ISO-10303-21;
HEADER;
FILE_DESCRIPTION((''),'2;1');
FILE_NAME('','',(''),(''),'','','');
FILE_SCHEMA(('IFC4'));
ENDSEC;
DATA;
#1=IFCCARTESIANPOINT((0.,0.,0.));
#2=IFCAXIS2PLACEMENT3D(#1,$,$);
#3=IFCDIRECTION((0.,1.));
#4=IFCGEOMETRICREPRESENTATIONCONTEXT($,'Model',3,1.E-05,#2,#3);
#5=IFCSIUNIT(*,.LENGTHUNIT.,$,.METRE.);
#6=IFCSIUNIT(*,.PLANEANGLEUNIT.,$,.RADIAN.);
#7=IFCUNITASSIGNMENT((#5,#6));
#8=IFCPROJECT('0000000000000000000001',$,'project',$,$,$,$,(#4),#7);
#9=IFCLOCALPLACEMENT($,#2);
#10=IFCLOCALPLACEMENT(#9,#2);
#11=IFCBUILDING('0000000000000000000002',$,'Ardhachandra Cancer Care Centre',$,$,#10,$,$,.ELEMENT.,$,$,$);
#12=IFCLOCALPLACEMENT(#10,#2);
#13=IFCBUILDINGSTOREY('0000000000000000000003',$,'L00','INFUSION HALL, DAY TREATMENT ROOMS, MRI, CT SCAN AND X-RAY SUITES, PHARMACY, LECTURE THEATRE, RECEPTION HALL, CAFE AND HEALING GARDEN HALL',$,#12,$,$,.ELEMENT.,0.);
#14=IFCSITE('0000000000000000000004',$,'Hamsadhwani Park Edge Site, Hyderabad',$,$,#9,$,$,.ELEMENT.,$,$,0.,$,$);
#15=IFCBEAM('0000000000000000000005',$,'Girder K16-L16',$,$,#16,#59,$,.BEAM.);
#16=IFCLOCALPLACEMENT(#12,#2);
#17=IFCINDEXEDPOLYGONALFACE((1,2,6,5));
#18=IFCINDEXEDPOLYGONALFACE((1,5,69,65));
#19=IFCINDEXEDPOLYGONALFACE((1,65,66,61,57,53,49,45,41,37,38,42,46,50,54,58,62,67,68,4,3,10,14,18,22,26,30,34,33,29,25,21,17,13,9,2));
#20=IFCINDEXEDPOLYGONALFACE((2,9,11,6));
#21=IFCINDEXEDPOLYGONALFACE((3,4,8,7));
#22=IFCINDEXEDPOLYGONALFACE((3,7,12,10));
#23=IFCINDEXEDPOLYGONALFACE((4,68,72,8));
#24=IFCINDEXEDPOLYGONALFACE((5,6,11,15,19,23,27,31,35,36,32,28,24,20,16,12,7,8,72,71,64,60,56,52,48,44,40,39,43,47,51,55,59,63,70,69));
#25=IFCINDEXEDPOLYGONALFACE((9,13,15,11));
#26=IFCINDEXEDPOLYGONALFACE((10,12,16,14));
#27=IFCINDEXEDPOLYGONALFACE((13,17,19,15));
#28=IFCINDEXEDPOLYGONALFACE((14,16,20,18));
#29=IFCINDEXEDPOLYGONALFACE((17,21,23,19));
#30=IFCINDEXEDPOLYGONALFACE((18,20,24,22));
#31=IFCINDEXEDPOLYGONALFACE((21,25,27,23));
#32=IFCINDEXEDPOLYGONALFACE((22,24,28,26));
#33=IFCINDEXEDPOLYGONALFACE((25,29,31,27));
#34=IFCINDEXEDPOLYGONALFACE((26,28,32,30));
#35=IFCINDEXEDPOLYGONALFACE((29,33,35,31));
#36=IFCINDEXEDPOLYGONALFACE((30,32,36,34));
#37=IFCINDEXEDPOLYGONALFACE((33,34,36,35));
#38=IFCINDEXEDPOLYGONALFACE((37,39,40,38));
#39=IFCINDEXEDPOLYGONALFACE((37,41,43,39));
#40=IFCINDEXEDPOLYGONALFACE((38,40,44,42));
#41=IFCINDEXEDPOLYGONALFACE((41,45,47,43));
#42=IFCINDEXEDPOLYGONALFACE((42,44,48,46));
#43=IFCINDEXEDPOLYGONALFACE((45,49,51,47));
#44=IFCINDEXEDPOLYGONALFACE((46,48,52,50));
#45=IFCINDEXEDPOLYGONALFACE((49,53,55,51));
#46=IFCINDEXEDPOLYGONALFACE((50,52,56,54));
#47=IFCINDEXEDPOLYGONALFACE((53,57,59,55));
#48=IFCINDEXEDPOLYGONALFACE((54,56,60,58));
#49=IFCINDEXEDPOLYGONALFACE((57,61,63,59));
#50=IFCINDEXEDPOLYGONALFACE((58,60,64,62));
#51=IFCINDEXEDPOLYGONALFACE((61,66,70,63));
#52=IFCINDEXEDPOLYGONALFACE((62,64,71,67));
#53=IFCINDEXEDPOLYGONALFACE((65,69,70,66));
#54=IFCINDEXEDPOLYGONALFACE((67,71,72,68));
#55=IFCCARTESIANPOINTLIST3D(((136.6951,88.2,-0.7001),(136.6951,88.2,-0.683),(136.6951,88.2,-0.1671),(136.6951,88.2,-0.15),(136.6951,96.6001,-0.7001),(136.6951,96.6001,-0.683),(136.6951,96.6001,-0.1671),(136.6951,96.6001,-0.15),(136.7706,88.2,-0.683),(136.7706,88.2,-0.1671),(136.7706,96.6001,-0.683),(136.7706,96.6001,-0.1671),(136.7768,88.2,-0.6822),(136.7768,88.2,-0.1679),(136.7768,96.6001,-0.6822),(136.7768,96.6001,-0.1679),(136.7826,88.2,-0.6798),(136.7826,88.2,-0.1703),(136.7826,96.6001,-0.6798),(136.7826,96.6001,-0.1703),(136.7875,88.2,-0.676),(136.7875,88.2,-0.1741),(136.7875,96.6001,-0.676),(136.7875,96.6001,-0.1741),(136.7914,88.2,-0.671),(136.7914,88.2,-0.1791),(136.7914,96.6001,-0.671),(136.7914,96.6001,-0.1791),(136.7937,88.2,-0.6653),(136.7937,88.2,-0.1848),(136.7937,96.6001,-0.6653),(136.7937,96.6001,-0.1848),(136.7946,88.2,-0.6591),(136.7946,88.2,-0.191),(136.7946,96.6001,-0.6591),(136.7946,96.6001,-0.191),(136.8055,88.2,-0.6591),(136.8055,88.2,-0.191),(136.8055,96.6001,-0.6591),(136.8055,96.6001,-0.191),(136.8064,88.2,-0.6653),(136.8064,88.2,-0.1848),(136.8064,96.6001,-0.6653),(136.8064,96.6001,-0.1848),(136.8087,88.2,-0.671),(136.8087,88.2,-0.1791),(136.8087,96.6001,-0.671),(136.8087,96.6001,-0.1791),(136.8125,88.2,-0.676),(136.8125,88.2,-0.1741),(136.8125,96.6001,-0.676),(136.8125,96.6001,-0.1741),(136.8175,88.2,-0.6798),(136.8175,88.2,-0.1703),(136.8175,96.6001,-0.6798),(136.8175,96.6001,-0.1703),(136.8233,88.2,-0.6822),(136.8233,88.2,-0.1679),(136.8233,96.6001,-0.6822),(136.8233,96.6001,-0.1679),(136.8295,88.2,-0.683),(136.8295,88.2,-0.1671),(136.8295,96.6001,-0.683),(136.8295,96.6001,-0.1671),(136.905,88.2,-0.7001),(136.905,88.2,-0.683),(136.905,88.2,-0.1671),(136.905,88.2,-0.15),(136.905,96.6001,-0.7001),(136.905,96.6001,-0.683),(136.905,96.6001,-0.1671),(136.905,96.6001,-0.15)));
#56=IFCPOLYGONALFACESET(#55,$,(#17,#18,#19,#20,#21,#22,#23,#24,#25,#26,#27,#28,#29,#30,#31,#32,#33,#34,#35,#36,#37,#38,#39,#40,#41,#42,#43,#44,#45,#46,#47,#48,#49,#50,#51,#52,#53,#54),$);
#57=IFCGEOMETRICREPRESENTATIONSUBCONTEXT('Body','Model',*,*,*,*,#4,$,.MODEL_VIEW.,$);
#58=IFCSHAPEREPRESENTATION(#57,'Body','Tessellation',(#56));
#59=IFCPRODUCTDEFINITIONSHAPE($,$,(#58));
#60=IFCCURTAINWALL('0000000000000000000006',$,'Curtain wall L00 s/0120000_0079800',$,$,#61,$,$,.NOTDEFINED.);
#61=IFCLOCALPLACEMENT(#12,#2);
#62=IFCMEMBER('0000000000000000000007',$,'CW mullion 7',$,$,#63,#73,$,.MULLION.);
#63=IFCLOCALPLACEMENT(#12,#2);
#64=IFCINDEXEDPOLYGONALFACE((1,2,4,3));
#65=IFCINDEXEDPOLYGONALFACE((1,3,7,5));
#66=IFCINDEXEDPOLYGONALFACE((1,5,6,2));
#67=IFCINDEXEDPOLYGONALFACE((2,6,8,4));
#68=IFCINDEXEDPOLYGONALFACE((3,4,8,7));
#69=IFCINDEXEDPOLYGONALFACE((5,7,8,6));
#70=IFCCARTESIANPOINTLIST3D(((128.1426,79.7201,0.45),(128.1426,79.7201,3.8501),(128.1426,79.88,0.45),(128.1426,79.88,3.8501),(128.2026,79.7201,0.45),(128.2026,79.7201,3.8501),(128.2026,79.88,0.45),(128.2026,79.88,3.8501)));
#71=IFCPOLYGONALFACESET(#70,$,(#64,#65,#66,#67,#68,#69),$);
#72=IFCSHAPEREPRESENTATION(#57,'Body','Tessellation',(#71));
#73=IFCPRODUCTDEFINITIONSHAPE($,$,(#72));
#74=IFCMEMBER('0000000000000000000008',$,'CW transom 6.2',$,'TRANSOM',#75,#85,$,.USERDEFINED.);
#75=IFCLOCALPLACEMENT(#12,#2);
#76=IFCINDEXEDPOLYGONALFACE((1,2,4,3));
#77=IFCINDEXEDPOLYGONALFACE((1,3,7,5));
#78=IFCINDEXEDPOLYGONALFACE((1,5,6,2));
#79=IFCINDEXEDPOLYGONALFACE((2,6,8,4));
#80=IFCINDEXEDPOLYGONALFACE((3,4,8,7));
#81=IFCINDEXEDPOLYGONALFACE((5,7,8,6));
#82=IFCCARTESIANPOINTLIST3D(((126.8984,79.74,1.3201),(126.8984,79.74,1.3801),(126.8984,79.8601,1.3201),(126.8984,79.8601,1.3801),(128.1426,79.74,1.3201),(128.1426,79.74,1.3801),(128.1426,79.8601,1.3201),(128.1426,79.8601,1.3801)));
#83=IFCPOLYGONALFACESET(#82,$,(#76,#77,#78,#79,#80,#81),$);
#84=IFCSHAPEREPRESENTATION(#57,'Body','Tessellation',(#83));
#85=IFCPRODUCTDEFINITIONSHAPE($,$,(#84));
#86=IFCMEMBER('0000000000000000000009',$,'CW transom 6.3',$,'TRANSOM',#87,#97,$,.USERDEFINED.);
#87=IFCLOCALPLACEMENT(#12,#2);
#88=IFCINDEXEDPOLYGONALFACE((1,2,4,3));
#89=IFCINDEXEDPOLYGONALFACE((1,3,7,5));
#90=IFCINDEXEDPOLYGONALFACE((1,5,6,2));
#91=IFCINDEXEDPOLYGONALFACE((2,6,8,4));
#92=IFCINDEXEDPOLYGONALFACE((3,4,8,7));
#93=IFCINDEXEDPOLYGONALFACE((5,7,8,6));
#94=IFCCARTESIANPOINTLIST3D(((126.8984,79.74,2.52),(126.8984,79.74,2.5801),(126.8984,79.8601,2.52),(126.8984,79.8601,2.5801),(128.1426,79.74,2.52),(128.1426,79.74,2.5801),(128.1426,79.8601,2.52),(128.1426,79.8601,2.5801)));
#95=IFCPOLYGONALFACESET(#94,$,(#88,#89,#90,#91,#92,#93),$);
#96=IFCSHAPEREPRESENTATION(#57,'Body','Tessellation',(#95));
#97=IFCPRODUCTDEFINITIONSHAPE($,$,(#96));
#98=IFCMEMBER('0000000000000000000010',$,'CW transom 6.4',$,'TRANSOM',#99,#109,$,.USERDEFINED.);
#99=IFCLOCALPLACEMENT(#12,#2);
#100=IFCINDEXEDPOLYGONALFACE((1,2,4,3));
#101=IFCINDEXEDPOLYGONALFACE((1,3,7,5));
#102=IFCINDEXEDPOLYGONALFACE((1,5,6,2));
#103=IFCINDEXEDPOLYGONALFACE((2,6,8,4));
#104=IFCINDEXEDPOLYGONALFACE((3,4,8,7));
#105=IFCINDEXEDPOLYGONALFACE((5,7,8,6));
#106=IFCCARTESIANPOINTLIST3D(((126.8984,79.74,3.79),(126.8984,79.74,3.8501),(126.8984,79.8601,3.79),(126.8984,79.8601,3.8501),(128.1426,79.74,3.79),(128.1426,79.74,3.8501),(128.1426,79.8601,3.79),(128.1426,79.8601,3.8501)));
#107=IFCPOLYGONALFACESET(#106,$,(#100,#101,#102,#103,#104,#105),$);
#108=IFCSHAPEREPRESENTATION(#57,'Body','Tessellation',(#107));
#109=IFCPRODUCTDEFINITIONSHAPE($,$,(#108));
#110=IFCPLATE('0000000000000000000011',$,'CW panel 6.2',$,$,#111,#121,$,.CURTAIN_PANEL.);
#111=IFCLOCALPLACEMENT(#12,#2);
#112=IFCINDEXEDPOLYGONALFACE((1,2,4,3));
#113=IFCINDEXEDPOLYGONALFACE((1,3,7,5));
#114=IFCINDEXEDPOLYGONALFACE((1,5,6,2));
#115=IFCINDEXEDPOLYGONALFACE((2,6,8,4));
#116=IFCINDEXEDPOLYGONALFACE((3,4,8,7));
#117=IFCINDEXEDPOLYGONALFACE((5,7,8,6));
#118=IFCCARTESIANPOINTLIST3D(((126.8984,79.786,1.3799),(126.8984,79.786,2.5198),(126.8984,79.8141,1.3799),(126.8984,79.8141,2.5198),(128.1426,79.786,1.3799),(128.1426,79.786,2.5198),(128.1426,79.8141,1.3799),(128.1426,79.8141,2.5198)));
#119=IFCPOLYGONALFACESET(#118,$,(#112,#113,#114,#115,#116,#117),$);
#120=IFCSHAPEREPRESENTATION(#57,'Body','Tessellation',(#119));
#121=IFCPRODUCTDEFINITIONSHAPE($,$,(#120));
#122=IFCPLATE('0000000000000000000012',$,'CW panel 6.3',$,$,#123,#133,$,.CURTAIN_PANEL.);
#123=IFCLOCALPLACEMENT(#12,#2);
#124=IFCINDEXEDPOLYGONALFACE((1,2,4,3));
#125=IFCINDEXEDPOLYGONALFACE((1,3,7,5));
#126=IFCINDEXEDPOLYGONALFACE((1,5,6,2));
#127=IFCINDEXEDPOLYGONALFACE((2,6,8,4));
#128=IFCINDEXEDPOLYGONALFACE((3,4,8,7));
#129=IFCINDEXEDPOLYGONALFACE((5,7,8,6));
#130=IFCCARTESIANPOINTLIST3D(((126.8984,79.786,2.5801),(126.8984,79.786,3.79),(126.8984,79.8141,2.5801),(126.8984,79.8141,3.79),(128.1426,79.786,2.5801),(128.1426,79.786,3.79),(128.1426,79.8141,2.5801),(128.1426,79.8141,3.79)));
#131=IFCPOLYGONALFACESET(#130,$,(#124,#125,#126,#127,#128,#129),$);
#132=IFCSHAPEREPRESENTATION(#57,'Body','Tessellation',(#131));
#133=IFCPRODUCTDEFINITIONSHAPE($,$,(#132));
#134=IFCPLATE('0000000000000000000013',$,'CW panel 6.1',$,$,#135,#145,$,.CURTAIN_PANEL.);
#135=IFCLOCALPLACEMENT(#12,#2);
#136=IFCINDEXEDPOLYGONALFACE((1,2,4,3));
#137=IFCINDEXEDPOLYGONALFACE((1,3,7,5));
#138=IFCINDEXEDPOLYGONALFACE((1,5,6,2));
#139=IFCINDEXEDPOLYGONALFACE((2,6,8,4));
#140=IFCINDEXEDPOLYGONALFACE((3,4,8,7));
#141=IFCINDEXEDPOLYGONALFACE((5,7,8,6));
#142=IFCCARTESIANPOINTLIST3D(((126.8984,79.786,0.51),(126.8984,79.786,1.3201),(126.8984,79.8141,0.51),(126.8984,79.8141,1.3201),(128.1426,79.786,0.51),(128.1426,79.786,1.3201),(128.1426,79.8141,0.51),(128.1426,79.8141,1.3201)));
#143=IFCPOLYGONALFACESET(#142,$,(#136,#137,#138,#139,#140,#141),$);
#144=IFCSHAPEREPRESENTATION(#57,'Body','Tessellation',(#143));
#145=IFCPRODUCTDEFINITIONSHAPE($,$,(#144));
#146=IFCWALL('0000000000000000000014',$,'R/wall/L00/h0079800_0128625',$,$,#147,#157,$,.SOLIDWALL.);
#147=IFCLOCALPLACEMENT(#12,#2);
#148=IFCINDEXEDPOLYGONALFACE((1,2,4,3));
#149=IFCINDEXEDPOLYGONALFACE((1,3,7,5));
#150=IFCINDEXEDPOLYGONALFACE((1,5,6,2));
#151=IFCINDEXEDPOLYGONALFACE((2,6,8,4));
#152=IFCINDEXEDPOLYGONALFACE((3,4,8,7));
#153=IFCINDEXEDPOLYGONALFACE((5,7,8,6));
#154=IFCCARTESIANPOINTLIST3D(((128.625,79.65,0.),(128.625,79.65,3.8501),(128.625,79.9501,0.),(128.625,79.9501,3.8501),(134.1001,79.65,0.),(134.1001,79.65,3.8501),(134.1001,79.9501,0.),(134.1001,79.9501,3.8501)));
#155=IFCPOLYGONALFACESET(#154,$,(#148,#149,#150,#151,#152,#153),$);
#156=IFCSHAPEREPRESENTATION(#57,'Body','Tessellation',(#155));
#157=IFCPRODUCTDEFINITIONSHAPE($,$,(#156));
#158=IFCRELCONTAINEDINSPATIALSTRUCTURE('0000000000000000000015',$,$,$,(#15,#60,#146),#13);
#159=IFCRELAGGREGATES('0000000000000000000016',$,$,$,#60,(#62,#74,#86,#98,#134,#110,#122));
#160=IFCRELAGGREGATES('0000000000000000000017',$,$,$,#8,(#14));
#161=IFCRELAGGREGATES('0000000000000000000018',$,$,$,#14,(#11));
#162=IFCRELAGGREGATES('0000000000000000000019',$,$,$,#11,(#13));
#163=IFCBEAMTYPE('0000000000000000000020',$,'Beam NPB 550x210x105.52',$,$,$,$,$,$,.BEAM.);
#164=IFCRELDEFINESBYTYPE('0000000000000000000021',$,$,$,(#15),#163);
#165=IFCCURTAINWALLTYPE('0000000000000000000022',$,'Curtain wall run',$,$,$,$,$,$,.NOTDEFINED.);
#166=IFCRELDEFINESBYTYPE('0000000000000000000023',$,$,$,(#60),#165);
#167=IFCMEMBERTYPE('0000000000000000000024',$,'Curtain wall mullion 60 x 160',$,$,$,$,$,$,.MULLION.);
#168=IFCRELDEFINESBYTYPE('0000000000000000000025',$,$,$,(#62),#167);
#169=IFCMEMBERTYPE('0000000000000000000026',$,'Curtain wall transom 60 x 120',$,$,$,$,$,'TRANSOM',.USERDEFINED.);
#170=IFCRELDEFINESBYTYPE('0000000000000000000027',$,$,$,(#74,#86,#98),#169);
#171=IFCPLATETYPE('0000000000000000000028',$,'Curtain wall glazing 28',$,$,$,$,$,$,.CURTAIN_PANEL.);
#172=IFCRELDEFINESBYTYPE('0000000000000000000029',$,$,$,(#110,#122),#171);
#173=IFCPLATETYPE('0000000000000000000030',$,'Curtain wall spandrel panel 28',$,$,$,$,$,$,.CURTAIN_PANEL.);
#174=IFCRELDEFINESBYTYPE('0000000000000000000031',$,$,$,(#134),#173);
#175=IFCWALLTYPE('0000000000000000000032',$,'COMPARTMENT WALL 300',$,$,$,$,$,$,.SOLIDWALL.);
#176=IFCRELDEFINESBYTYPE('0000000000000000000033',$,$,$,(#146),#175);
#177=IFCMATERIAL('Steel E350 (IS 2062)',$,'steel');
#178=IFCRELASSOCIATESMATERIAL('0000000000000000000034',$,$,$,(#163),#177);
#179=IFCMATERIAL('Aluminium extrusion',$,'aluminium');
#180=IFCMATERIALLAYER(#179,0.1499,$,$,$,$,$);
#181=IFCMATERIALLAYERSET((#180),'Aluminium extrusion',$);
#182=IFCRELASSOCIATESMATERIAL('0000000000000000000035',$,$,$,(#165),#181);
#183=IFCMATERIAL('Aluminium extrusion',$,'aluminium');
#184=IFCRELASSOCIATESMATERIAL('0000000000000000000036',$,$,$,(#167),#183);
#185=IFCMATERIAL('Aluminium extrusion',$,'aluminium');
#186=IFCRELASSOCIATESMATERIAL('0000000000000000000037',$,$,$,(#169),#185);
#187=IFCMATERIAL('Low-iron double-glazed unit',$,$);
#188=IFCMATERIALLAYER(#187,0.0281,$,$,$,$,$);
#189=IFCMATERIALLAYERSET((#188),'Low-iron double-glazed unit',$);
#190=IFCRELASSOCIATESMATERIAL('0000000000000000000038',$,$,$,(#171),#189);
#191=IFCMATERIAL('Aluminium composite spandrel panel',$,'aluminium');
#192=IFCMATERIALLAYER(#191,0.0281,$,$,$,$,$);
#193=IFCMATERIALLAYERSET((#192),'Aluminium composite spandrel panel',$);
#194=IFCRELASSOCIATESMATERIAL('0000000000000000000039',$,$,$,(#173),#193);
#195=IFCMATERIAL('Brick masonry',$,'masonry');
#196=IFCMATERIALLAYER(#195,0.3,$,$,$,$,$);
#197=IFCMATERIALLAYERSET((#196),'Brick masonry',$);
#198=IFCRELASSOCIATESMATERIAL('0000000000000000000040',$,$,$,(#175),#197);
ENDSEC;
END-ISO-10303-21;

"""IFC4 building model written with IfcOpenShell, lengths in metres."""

from ifc_helpers import new_model, si_unit, direction, frame, frame_2d, origin, origin_2d, place, context, subcontext, project, spatial, rectangle, i_section, extrude, material, layer, layer_set, material_profile, profile_set, type_object, element, aggregate, save


model = new_model("IFC4")

# Units and contexts
model_context = context("Model", 3, precision=1e-05, world=origin(), true_north=direction((0.0, 1.0)))
body_context = subcontext(model_context, "Body", "Model", "MODEL_VIEW")
ifc_project = project(units=[si_unit("LENGTHUNIT", "METRE"), si_unit("PLANEANGLEUNIT", "RADIAN")], contexts=[model_context])

# Site, building, storey
site_placement = place(None, origin())
site = spatial("IfcSite", under=ifc_project, at=site_placement, Name="Hamsadhwani Park Edge Site, Hyderabad", CompositionType="ELEMENT", RefElevation=0.0)
building_placement = place(site_placement, origin())
building = spatial("IfcBuilding", under=site, at=building_placement, Name="Ardhachandra Cancer Care Centre", CompositionType="ELEMENT")
storey_placement = place(building_placement, origin())
storey = spatial("IfcBuildingStorey", under=building, at=storey_placement, Name="L00", Description="INFUSION HALL, DAY TREATMENT ROOMS, MRI, CT SCAN AND X-RAY SUITES, PHARMACY, LECTURE THEATRE, RECEPTION HALL, CAFE AND HEALING GARDEN HALL", CompositionType="ELEMENT", Elevation=0.0)

# Beam
ifc_material_1 = material(Name="Steel E350 (IS 2062)", Category="steel")
ifc_material_profile_1 = material_profile(ifc_material_1, i_section(OverallWidth=0.21, OverallDepth=0.55, WebThickness=0.011, FlangeThickness=0.0171, FilletRadius=0.0239, at=origin_2d()), Name="NPB 550x210x105.52")
ifc_profile_set_1 = profile_set([ifc_material_profile_1], Name="Steel E350 (IS 2062)")
beam_type_1 = type_object("IfcBeamType", Name="Beam NPB 550x210x105.52", PredefinedType="BEAM", material=ifc_profile_set_1)
for number, where, z_axis, x_axis, name in (
    (1, (136.8, 88.2, -0.425), (0.0, 1.0, 0.0), (-1.0, 0.0, 0.0), "Girder K16-L16"),
):
    element("IfcBeam", number, at=place(storey_placement, frame(where, z_axis=z_axis, x_axis=x_axis)), inside=storey, type_object=beam_type_1, Name=name, PredefinedType="BEAM", context=body_context, shape_type="SweptSolid", body=[
        extrude(i_section(OverallWidth=0.21, OverallDepth=0.55, WebThickness=0.011, FlangeThickness=0.0171, FilletRadius=0.0239, at=origin_2d()), origin(), (0.0, 0.0, 1.0), 8.4001),
    ])

# Curtain wall, members, plates
ifc_material_2 = material(Name="Aluminium extrusion", Category="aluminium")
ifc_layer_1 = layer(ifc_material_2, 0.1499)
ifc_layer_set_1 = layer_set([ifc_layer_1], Name="Aluminium extrusion")
curtain_wall_type = type_object("IfcCurtainWallType", Name="Curtain wall run", PredefinedType="NOTDEFINED", material=ifc_layer_set_1)
curtain_wall_placement = place(storey_placement, origin())
curtain_wall = element("IfcCurtainWall", 2, at=curtain_wall_placement, inside=storey, type_object=curtain_wall_type, Name="Curtain wall L00 s/0120000_0079800", PredefinedType="NOTDEFINED")
ifc_material_3 = material(Name="Aluminium extrusion", Category="aluminium")
ifc_material_profile_2 = material_profile(ifc_material_3, rectangle(XDim=0.1599, YDim=0.0601, at=origin_2d()), Name="Curtain wall mullion 60 x 160")
ifc_profile_set_2 = profile_set([ifc_material_profile_2], Name="Aluminium extrusion")
member_type_1 = type_object("IfcMemberType", Name="Curtain wall mullion 60 x 160", PredefinedType="MULLION", material=ifc_profile_set_2)
member_1_placement = place(storey_placement, frame((128.1726, 79.8, 0.45), z_axis=(0.0, 0.0, 1.0), x_axis=(0.0, 1.0, 0.0)))
member_1 = element("IfcMember", 3, at=member_1_placement, type_object=member_type_1, Name="CW mullion 7", PredefinedType="MULLION", context=body_context, shape_type="SweptSolid", body=[
    extrude(rectangle(XDim=0.1599, YDim=0.0601, at=origin_2d()), origin(), (0.0, 0.0, 1.0), 3.4001),
])
ifc_material_4 = material(Name="Aluminium extrusion", Category="aluminium")
ifc_material_profile_3 = material_profile(ifc_material_4, rectangle(XDim=0.1201, YDim=0.0601, at=origin_2d()), Name="Curtain wall transom 60 x 120")
ifc_profile_set_3 = profile_set([ifc_material_profile_3], Name="Aluminium extrusion")
member_type_2 = type_object("IfcMemberType", Name="Curtain wall transom 60 x 120", ElementType="TRANSOM", PredefinedType="USERDEFINED", material=ifc_profile_set_3)
member_2_placement = place(storey_placement, frame((126.8984, 79.8, 1.3501), z_axis=(1.0, 0.0, 0.0), x_axis=(0.0, 1.0, 0.0)))
member_2 = element("IfcMember", 4, at=member_2_placement, type_object=member_type_2, Name="CW transom 6.2", ObjectType="TRANSOM", PredefinedType="USERDEFINED", context=body_context, shape_type="SweptSolid", body=[
    extrude(rectangle(XDim=0.1201, YDim=0.0601, at=origin_2d()), origin(), (0.0, 0.0, 1.0), 1.2441),
])
member_3_placement = place(storey_placement, frame((126.8984, 79.8, 2.55), z_axis=(1.0, 0.0, 0.0), x_axis=(0.0, 1.0, 0.0)))
member_3 = element("IfcMember", 5, at=member_3_placement, type_object=member_type_2, Name="CW transom 6.3", ObjectType="TRANSOM", PredefinedType="USERDEFINED", context=body_context, shape_type="SweptSolid", body=[
    extrude(rectangle(XDim=0.1201, YDim=0.0601, at=origin_2d()), origin(), (0.0, 0.0, 1.0), 1.2441),
])
member_4_placement = place(storey_placement, frame((126.8984, 79.8, 3.8201), z_axis=(1.0, 0.0, 0.0), x_axis=(0.0, 1.0, 0.0)))
member_4 = element("IfcMember", 6, at=member_4_placement, type_object=member_type_2, Name="CW transom 6.4", ObjectType="TRANSOM", PredefinedType="USERDEFINED", context=body_context, shape_type="SweptSolid", body=[
    extrude(rectangle(XDim=0.1201, YDim=0.0601, at=origin_2d()), origin(), (0.0, 0.0, 1.0), 1.2441),
])
ifc_material_5 = material(Name="Low-iron double-glazed unit")
ifc_layer_2 = layer(ifc_material_5, 0.0281)
ifc_layer_set_2 = layer_set([ifc_layer_2], Name="Low-iron double-glazed unit")
plate_type_1 = type_object("IfcPlateType", Name="Curtain wall glazing 28", PredefinedType="CURTAIN_PANEL", material=ifc_layer_set_2)
plate_1_placement = place(storey_placement, frame((127.5205, 79.8, 1.3799), z_axis=(0.0, 0.0, 1.0), x_axis=(1.0, 0.0, 0.0)))
plate_1 = element("IfcPlate", 7, at=plate_1_placement, type_object=plate_type_1, Name="CW panel 6.2", PredefinedType="CURTAIN_PANEL", context=body_context, shape_type="SweptSolid", body=[
    extrude(rectangle(XDim=1.2441, YDim=0.0281, at=origin_2d()), origin(), (0.0, 0.0, 1.0), 1.1399),
])
plate_2_placement = place(storey_placement, frame((127.5205, 79.8, 2.5801), z_axis=(0.0, 0.0, 1.0), x_axis=(1.0, 0.0, 0.0)))
plate_2 = element("IfcPlate", 8, at=plate_2_placement, type_object=plate_type_1, Name="CW panel 6.3", PredefinedType="CURTAIN_PANEL", context=body_context, shape_type="SweptSolid", body=[
    extrude(rectangle(XDim=1.2441, YDim=0.0281, at=origin_2d()), origin(), (0.0, 0.0, 1.0), 1.21),
])
ifc_material_6 = material(Name="Aluminium composite spandrel panel", Category="aluminium")
ifc_layer_3 = layer(ifc_material_6, 0.0281)
ifc_layer_set_3 = layer_set([ifc_layer_3], Name="Aluminium composite spandrel panel")
plate_type_2 = type_object("IfcPlateType", Name="Curtain wall spandrel panel 28", PredefinedType="CURTAIN_PANEL", material=ifc_layer_set_3)
plate_3_placement = place(storey_placement, frame((127.5205, 79.8, 0.51), z_axis=(0.0, 0.0, 1.0), x_axis=(1.0, 0.0, 0.0)))
plate_3 = element("IfcPlate", 9, at=plate_3_placement, type_object=plate_type_2, Name="CW panel 6.1", PredefinedType="CURTAIN_PANEL", context=body_context, shape_type="SweptSolid", body=[
    extrude(rectangle(XDim=1.2441, YDim=0.0281, at=origin_2d()), origin(), (0.0, 0.0, 1.0), 0.8101),
])
aggregate(curtain_wall, [member_1, member_2, member_3, member_4, plate_3, plate_1, plate_2])

# Wall
ifc_material_7 = material(Name="Brick masonry", Category="masonry")
ifc_layer_4 = layer(ifc_material_7, 0.3)
ifc_layer_set_4 = layer_set([ifc_layer_4], Name="Brick masonry")
wall_type_1 = type_object("IfcWallType", Name="COMPARTMENT WALL 300", PredefinedType="SOLIDWALL", material=ifc_layer_set_4)
wall_1_placement = place(storey_placement, frame((128.625, 79.8, 0.0), z_axis=(0.0, 0.0, 1.0), x_axis=(1.0, 0.0, 0.0)))
element("IfcWall", 10, at=wall_1_placement, inside=storey, type_object=wall_type_1, Name="R/wall/L00/h0079800_0128625", PredefinedType="SOLIDWALL", context=body_context, shape_type="SweptSolid", body=[
    extrude(rectangle(XDim=5.4751, YDim=0.3, at=frame_2d((2.7375, 0.0))), origin(), (0.0, 0.0, 1.0), 3.8501),
])

save(model, "model.ifc")
